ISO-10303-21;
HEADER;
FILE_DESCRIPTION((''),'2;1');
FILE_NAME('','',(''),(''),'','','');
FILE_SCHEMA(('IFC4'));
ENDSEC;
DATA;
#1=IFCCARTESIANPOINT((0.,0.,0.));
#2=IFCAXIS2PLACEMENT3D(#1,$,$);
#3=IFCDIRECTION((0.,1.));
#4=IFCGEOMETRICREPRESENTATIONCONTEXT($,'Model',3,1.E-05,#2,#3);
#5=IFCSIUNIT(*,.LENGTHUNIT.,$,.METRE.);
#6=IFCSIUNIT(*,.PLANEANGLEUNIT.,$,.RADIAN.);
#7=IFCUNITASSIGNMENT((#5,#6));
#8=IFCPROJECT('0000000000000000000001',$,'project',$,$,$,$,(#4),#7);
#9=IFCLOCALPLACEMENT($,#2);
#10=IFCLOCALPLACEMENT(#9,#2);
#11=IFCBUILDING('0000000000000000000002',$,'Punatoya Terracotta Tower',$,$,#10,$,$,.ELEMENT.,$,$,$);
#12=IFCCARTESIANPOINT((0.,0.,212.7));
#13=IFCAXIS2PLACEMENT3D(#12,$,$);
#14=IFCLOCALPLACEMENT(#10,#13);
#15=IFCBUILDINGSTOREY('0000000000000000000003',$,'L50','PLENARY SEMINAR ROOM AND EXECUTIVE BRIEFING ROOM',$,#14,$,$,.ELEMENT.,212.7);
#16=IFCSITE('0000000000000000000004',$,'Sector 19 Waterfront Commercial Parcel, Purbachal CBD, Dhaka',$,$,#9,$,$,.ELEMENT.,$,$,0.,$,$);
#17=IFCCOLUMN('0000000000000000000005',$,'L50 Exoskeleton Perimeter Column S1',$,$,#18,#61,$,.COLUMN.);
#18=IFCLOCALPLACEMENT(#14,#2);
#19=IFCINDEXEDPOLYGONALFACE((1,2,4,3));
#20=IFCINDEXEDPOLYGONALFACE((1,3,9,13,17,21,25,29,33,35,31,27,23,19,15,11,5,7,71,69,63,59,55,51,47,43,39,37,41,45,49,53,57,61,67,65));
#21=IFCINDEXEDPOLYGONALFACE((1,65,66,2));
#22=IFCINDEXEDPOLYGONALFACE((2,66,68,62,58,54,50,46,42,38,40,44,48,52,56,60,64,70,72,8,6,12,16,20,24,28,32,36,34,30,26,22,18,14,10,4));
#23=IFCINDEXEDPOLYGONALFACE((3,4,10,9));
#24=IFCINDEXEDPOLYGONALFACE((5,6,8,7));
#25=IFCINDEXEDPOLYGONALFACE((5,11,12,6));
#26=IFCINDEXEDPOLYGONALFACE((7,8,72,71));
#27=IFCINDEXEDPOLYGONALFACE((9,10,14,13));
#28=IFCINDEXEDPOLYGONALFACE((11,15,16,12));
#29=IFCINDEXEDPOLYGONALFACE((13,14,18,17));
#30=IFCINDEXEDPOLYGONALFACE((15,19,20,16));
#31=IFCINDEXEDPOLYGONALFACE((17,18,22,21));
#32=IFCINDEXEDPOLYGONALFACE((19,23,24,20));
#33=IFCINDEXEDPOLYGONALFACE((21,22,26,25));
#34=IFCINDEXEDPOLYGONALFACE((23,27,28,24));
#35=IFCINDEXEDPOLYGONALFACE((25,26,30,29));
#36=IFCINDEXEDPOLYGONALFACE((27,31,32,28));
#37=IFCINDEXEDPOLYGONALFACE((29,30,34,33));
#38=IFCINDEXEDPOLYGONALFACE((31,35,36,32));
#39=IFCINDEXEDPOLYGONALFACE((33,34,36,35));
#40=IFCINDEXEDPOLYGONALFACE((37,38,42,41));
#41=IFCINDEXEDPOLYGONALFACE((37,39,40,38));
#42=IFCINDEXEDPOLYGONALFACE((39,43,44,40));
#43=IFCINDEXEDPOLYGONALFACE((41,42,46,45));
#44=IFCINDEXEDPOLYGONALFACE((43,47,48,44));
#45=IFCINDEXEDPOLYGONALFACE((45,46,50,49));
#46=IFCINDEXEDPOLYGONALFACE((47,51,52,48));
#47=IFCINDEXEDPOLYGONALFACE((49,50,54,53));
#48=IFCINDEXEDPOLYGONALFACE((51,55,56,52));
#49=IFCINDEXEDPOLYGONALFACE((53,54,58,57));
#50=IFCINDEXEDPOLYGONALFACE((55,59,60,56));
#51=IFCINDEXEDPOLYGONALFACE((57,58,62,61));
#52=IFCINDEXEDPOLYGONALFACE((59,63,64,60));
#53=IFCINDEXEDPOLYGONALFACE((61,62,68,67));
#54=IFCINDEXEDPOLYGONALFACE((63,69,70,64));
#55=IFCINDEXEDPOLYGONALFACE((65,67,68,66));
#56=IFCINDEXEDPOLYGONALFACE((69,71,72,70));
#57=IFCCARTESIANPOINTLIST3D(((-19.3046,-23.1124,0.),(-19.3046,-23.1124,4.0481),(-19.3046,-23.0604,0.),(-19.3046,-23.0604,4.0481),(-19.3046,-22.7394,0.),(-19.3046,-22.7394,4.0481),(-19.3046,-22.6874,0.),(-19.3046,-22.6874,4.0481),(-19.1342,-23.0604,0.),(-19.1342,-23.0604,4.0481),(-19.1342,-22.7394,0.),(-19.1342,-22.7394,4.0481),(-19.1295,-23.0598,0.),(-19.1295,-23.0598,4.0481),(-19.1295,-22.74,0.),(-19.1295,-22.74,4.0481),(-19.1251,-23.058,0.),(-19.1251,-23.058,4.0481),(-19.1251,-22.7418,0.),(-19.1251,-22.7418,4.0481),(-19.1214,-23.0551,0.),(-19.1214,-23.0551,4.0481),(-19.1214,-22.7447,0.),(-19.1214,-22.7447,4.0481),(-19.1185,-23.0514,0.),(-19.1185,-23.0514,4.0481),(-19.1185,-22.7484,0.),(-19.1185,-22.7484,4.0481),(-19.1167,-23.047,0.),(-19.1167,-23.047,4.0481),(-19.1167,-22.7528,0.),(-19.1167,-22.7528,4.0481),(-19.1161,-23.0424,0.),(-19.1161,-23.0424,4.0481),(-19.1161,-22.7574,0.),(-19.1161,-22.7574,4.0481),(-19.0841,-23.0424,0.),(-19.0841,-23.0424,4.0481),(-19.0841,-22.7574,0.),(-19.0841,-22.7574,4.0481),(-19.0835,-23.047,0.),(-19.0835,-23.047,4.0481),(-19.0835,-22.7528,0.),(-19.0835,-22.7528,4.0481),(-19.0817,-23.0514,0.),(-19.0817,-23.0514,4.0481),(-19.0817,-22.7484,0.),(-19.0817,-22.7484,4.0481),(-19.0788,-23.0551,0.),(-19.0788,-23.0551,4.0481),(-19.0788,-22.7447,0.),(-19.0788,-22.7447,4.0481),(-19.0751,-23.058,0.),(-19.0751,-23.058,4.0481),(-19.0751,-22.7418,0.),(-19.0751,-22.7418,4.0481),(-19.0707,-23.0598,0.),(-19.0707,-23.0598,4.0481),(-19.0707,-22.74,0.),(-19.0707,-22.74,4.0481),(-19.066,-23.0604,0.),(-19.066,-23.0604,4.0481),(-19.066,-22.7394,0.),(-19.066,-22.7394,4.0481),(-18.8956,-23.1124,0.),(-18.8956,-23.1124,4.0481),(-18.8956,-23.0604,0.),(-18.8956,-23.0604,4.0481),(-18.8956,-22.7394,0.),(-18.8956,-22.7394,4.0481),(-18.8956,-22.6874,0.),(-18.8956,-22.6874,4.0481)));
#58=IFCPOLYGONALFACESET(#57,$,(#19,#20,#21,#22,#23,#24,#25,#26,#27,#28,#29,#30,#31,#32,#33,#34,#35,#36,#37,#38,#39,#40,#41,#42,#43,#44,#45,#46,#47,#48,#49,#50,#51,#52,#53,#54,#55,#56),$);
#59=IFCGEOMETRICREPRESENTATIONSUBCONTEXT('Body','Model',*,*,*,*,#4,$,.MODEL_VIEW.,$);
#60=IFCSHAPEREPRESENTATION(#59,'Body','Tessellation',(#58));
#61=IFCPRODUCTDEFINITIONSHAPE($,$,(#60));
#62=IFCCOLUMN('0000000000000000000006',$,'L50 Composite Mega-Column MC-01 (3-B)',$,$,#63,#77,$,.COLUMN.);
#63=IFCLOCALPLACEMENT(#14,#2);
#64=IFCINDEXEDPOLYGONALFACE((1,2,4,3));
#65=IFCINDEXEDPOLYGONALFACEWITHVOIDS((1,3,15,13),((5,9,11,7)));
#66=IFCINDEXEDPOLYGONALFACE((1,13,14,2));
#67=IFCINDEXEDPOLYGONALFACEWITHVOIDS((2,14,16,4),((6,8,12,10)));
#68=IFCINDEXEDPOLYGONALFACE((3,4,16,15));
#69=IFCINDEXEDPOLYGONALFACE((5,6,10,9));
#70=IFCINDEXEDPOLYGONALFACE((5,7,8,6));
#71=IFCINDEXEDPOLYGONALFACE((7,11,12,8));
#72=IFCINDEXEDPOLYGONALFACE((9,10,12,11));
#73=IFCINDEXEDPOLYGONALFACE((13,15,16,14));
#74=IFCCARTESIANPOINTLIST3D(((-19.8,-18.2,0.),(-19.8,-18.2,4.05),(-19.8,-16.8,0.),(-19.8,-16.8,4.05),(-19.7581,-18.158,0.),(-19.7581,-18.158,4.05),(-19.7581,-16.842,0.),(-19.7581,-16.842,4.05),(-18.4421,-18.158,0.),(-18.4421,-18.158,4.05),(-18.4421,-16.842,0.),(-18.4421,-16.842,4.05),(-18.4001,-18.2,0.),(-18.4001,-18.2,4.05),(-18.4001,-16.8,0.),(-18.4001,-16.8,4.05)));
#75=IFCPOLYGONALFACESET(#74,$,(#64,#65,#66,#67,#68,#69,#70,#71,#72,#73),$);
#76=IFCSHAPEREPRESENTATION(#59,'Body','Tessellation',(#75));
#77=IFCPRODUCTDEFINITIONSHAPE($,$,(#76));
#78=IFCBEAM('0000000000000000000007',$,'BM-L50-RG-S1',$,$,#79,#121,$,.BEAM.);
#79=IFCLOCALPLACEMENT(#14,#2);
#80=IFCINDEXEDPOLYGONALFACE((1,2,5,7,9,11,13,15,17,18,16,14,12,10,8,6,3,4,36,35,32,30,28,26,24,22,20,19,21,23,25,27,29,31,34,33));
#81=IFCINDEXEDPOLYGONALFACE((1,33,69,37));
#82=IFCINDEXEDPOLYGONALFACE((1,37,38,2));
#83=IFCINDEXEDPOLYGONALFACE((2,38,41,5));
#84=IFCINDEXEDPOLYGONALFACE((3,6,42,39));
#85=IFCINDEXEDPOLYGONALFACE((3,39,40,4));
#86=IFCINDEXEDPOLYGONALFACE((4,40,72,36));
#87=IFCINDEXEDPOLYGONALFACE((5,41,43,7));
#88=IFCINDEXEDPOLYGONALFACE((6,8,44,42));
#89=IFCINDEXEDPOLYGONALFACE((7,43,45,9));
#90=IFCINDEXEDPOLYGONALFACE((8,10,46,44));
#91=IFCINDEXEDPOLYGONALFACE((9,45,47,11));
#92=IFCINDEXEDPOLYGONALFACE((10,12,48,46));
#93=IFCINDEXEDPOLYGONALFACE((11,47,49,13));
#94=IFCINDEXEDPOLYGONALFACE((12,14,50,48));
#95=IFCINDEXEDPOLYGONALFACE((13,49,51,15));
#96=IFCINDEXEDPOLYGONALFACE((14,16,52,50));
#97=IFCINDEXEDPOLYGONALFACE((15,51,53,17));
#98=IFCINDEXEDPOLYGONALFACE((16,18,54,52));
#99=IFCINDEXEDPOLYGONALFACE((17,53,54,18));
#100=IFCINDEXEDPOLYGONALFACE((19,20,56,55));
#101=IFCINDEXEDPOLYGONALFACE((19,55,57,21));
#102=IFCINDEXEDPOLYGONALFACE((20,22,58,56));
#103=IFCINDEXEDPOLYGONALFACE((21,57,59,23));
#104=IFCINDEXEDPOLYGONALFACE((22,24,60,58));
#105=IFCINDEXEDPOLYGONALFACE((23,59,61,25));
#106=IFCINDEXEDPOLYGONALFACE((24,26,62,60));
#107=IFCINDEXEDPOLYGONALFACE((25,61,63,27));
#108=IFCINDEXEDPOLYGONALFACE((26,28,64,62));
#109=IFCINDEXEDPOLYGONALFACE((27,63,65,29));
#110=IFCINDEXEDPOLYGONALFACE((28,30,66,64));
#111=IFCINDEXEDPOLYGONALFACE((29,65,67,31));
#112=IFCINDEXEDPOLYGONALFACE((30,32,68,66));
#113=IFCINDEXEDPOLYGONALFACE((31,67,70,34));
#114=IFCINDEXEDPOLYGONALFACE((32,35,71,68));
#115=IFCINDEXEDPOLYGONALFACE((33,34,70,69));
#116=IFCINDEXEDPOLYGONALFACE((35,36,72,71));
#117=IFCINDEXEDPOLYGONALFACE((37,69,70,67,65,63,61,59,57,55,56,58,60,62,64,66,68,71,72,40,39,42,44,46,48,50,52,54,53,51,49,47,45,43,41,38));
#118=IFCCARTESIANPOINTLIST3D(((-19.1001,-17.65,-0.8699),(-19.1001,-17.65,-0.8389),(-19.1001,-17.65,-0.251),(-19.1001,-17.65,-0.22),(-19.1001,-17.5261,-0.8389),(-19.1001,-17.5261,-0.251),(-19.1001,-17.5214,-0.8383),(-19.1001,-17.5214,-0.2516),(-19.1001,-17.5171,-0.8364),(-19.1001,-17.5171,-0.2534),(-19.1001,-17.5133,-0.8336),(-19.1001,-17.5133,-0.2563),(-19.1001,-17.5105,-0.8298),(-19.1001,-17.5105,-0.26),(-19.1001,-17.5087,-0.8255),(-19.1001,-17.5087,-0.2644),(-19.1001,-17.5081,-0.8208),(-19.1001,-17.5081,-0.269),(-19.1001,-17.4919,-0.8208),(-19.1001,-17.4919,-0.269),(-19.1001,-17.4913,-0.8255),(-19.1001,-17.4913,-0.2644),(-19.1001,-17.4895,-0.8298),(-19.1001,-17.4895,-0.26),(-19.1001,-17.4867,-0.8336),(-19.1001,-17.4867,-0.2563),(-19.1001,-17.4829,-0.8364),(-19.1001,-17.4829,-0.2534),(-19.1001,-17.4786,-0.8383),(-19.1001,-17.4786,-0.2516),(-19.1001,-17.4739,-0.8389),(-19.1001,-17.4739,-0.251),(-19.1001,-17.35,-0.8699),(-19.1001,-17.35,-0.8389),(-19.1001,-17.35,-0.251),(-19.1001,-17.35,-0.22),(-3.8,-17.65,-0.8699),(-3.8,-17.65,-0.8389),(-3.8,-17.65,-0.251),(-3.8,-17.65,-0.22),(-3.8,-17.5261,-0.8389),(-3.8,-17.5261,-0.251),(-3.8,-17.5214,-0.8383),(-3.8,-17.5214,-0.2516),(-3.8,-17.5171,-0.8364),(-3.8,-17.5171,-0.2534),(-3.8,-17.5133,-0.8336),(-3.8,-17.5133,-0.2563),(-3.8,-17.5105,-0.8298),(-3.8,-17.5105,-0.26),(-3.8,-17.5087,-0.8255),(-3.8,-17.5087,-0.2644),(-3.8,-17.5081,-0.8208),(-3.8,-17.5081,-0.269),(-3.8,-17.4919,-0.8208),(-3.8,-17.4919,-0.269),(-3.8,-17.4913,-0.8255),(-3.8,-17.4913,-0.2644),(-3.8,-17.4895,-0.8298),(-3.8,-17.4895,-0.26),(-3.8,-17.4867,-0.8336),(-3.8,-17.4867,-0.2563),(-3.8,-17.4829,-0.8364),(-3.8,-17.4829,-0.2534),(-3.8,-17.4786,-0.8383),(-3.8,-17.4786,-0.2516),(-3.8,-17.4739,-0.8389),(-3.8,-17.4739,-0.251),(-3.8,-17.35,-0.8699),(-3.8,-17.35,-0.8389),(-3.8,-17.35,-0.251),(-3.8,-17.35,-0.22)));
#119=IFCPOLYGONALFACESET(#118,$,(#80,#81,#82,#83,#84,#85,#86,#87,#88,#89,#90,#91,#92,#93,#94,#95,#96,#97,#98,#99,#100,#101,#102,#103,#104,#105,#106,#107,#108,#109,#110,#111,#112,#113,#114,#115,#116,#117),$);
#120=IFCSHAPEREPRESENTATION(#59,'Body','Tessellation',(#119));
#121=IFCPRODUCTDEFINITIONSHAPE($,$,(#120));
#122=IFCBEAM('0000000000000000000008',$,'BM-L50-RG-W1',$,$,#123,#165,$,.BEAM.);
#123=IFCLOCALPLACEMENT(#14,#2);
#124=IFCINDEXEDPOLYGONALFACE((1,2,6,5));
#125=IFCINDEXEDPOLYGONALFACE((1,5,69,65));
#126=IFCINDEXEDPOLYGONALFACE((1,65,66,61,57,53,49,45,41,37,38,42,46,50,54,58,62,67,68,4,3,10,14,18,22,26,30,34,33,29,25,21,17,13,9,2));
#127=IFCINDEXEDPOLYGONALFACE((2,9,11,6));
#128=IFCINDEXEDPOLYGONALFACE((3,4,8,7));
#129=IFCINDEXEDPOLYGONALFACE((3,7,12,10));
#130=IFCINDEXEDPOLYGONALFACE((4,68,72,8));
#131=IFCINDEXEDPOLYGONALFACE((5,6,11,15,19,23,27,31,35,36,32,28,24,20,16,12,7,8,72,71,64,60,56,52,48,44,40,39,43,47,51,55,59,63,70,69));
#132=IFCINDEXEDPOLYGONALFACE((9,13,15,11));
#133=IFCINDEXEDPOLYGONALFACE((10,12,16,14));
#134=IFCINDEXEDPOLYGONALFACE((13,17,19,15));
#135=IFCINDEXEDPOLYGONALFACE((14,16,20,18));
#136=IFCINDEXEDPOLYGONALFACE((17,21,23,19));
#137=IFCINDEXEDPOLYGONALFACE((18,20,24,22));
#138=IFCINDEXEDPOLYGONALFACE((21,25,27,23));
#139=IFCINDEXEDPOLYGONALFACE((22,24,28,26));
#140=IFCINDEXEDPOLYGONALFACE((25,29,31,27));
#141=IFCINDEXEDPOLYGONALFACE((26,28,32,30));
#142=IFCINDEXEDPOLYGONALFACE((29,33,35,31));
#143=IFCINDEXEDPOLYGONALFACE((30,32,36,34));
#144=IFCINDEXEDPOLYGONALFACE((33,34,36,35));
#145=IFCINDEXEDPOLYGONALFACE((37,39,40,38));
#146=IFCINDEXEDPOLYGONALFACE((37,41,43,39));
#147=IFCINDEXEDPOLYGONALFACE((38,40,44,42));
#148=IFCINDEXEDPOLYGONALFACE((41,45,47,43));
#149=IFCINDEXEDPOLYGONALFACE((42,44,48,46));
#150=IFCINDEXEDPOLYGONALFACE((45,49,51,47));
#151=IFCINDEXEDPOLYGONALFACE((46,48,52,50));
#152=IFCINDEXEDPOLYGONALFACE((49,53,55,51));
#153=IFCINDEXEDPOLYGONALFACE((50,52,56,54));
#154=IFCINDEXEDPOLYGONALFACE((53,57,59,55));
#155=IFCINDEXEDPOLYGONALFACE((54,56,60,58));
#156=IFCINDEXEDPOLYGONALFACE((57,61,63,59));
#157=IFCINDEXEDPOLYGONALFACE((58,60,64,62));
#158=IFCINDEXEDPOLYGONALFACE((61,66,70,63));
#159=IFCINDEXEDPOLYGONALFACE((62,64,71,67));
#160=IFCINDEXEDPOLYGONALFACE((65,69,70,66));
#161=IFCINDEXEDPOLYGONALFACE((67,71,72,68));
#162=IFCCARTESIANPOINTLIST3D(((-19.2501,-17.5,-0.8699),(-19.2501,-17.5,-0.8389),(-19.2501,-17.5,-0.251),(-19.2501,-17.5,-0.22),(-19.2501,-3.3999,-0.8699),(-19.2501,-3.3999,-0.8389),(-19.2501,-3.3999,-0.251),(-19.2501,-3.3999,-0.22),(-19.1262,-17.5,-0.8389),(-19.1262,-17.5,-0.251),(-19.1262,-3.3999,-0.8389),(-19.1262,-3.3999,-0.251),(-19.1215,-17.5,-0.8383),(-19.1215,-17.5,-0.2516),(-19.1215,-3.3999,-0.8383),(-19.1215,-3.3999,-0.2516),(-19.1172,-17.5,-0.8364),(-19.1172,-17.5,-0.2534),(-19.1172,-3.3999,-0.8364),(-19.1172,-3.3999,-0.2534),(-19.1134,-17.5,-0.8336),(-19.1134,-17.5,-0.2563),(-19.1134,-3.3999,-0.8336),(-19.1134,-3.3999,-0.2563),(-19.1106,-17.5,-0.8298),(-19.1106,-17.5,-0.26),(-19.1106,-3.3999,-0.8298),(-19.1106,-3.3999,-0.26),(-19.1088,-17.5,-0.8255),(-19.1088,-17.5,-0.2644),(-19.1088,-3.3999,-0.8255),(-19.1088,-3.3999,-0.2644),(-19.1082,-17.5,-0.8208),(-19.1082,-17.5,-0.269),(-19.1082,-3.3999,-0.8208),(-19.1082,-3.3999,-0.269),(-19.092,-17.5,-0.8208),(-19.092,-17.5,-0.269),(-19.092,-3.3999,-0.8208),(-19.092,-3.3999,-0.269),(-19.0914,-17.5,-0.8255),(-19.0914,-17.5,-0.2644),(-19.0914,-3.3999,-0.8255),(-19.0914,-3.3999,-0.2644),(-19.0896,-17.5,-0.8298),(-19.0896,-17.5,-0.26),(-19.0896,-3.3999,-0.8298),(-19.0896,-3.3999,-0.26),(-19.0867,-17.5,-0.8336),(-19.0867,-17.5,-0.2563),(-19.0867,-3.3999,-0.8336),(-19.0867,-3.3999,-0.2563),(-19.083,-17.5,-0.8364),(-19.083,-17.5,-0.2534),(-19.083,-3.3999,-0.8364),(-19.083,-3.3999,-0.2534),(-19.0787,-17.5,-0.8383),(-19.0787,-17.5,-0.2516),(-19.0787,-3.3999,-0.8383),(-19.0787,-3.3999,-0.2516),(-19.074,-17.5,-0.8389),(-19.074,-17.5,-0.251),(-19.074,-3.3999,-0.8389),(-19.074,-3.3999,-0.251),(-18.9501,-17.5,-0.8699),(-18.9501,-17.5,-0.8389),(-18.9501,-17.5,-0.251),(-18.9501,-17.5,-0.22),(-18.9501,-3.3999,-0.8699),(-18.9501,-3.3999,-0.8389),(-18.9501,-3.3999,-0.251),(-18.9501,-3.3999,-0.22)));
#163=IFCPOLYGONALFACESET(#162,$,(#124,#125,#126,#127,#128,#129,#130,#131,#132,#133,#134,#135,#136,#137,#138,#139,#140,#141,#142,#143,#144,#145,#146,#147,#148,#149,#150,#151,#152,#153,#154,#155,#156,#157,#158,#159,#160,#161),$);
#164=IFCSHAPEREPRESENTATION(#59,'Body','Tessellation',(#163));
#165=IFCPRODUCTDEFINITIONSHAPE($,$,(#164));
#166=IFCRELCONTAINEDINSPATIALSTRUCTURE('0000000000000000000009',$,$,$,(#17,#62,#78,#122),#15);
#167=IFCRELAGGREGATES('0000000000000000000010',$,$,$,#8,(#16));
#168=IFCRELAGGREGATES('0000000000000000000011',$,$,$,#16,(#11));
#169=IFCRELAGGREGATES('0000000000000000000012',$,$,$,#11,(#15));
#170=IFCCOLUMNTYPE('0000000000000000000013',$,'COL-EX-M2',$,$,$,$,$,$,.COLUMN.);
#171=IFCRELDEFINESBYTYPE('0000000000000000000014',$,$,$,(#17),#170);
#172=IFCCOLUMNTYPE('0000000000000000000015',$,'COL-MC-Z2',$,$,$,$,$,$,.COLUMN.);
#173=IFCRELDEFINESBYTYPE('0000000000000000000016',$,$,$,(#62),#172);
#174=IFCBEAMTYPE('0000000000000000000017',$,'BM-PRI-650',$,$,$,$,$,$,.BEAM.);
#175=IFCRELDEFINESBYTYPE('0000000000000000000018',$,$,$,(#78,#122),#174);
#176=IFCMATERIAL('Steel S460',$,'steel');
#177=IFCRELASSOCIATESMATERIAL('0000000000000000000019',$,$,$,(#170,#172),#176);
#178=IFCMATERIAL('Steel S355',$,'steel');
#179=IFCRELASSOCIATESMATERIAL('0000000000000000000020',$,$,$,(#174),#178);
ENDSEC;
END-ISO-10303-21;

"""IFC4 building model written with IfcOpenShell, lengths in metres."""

from ifc_helpers import new_model, si_unit, direction, frame, origin, origin_2d, place, context, subcontext, project, spatial, hollow_rectangle, i_section, extrude, material, material_profile, profile_set, type_object, element, save


model = new_model("IFC4")

# Units and contexts
model_context = context("Model", 3, precision=1e-05, world=origin(), true_north=direction((0.0, 1.0)))
body_context = subcontext(model_context, "Body", "Model", "MODEL_VIEW")
ifc_project = project(units=[si_unit("LENGTHUNIT", "METRE"), si_unit("PLANEANGLEUNIT", "RADIAN")], contexts=[model_context])

# Site, building, storey
site_placement = place(None, origin())
site = spatial("IfcSite", under=ifc_project, at=site_placement, Name="Sector 19 Waterfront Commercial Parcel, Purbachal CBD, Dhaka", CompositionType="ELEMENT", RefElevation=0.0)
building_placement = place(site_placement, origin())
building = spatial("IfcBuilding", under=site, at=building_placement, Name="Punatoya Terracotta Tower", CompositionType="ELEMENT")
storey_placement = place(building_placement, frame((0.0, 0.0, 212.7)))
storey = spatial("IfcBuildingStorey", under=building, at=storey_placement, Name="L50", Description="PLENARY SEMINAR ROOM AND EXECUTIVE BRIEFING ROOM", CompositionType="ELEMENT", Elevation=212.7)

# Columns
ifc_material_1 = material(Name="Steel S460", Category="steel")
ifc_material_profile_1 = material_profile(ifc_material_1, i_section(OverallWidth=0.4089, OverallDepth=0.425, WebThickness=0.032, FlangeThickness=0.052, FilletRadius=0.0181, at=origin_2d()))
ifc_profile_set_1 = profile_set([ifc_material_profile_1], Name="Steel S460")
column_type_1 = type_object("IfcColumnType", Name="COL-EX-M2", PredefinedType="COLUMN", material=ifc_profile_set_1)
column_1_placement = place(storey_placement, frame((-19.1001, -22.8999, 0.0), z_axis=(0.0, 0.0, 1.0), x_axis=(1.0, 0.0, 0.0)))
element("IfcColumn", 1, at=column_1_placement, inside=storey, type_object=column_type_1, Name="L50 Exoskeleton Perimeter Column S1", PredefinedType="COLUMN", context=body_context, shape_type="SweptSolid", body=[
    extrude(i_section(OverallWidth=0.4089, OverallDepth=0.425, WebThickness=0.032, FlangeThickness=0.052, FilletRadius=0.0181, at=origin_2d()), origin(), (0.0, 0.0, 1.0), 4.0481),
])
ifc_material_profile_2 = material_profile(ifc_material_1, hollow_rectangle(XDim=1.3999, YDim=1.3999, WallThickness=0.042, at=origin_2d()))
ifc_profile_set_2 = profile_set([ifc_material_profile_2], Name="Steel S460")
column_type_2 = type_object("IfcColumnType", Name="COL-MC-Z2", PredefinedType="COLUMN", material=ifc_profile_set_2)
column_2_placement = place(storey_placement, frame((-19.1001, -17.5, 0.0), z_axis=(0.0, 0.0, 1.0), x_axis=(1.0, 0.0, 0.0)))
element("IfcColumn", 2, at=column_2_placement, inside=storey, type_object=column_type_2, Name="L50 Composite Mega-Column MC-01 (3-B)", PredefinedType="COLUMN", context=body_context, shape_type="SweptSolid", body=[
    extrude(hollow_rectangle(XDim=1.3999, YDim=1.3999, WallThickness=0.042, at=origin_2d()), origin(), (0.0, 0.0, 1.0), 4.05),
])

# Beams
ifc_material_2 = material(Name="Steel S355", Category="steel")
ifc_material_profile_3 = material_profile(ifc_material_2, i_section(OverallWidth=0.3, OverallDepth=0.6499, WebThickness=0.0161, FlangeThickness=0.031, FilletRadius=0.0181, at=origin_2d()))
ifc_profile_set_3 = profile_set([ifc_material_profile_3], Name="Steel S355")
beam_type_1 = type_object("IfcBeamType", Name="BM-PRI-650", PredefinedType="BEAM", material=ifc_profile_set_3)
beam_1_placement = place(storey_placement, frame((-19.1001, -17.5, -0.5449), z_axis=(1.0, 0.0, 0.0), x_axis=(0.0, 1.0, 0.0)))
element("IfcBeam", 3, at=beam_1_placement, inside=storey, type_object=beam_type_1, Name="BM-L50-RG-S1", PredefinedType="BEAM", context=body_context, shape_type="SweptSolid", body=[
    extrude(i_section(OverallWidth=0.3, OverallDepth=0.6499, WebThickness=0.0161, FlangeThickness=0.031, FilletRadius=0.0181, at=origin_2d()), origin(), (0.0, 0.0, 1.0), 15.3),
])
beam_2_placement = place(storey_placement, frame((-19.1001, -17.5, -0.5449), z_axis=(0.0, 1.0, 0.0), x_axis=(-1.0, 0.0, 0.0)))
element("IfcBeam", 4, at=beam_2_placement, inside=storey, type_object=beam_type_1, Name="BM-L50-RG-W1", PredefinedType="BEAM", context=body_context, shape_type="SweptSolid", body=[
    extrude(i_section(OverallWidth=0.3, OverallDepth=0.6499, WebThickness=0.0161, FlangeThickness=0.031, FilletRadius=0.0181, at=origin_2d()), origin(), (0.0, 0.0, 1.0), 14.1001),
])

save(model, "model.ifc")
